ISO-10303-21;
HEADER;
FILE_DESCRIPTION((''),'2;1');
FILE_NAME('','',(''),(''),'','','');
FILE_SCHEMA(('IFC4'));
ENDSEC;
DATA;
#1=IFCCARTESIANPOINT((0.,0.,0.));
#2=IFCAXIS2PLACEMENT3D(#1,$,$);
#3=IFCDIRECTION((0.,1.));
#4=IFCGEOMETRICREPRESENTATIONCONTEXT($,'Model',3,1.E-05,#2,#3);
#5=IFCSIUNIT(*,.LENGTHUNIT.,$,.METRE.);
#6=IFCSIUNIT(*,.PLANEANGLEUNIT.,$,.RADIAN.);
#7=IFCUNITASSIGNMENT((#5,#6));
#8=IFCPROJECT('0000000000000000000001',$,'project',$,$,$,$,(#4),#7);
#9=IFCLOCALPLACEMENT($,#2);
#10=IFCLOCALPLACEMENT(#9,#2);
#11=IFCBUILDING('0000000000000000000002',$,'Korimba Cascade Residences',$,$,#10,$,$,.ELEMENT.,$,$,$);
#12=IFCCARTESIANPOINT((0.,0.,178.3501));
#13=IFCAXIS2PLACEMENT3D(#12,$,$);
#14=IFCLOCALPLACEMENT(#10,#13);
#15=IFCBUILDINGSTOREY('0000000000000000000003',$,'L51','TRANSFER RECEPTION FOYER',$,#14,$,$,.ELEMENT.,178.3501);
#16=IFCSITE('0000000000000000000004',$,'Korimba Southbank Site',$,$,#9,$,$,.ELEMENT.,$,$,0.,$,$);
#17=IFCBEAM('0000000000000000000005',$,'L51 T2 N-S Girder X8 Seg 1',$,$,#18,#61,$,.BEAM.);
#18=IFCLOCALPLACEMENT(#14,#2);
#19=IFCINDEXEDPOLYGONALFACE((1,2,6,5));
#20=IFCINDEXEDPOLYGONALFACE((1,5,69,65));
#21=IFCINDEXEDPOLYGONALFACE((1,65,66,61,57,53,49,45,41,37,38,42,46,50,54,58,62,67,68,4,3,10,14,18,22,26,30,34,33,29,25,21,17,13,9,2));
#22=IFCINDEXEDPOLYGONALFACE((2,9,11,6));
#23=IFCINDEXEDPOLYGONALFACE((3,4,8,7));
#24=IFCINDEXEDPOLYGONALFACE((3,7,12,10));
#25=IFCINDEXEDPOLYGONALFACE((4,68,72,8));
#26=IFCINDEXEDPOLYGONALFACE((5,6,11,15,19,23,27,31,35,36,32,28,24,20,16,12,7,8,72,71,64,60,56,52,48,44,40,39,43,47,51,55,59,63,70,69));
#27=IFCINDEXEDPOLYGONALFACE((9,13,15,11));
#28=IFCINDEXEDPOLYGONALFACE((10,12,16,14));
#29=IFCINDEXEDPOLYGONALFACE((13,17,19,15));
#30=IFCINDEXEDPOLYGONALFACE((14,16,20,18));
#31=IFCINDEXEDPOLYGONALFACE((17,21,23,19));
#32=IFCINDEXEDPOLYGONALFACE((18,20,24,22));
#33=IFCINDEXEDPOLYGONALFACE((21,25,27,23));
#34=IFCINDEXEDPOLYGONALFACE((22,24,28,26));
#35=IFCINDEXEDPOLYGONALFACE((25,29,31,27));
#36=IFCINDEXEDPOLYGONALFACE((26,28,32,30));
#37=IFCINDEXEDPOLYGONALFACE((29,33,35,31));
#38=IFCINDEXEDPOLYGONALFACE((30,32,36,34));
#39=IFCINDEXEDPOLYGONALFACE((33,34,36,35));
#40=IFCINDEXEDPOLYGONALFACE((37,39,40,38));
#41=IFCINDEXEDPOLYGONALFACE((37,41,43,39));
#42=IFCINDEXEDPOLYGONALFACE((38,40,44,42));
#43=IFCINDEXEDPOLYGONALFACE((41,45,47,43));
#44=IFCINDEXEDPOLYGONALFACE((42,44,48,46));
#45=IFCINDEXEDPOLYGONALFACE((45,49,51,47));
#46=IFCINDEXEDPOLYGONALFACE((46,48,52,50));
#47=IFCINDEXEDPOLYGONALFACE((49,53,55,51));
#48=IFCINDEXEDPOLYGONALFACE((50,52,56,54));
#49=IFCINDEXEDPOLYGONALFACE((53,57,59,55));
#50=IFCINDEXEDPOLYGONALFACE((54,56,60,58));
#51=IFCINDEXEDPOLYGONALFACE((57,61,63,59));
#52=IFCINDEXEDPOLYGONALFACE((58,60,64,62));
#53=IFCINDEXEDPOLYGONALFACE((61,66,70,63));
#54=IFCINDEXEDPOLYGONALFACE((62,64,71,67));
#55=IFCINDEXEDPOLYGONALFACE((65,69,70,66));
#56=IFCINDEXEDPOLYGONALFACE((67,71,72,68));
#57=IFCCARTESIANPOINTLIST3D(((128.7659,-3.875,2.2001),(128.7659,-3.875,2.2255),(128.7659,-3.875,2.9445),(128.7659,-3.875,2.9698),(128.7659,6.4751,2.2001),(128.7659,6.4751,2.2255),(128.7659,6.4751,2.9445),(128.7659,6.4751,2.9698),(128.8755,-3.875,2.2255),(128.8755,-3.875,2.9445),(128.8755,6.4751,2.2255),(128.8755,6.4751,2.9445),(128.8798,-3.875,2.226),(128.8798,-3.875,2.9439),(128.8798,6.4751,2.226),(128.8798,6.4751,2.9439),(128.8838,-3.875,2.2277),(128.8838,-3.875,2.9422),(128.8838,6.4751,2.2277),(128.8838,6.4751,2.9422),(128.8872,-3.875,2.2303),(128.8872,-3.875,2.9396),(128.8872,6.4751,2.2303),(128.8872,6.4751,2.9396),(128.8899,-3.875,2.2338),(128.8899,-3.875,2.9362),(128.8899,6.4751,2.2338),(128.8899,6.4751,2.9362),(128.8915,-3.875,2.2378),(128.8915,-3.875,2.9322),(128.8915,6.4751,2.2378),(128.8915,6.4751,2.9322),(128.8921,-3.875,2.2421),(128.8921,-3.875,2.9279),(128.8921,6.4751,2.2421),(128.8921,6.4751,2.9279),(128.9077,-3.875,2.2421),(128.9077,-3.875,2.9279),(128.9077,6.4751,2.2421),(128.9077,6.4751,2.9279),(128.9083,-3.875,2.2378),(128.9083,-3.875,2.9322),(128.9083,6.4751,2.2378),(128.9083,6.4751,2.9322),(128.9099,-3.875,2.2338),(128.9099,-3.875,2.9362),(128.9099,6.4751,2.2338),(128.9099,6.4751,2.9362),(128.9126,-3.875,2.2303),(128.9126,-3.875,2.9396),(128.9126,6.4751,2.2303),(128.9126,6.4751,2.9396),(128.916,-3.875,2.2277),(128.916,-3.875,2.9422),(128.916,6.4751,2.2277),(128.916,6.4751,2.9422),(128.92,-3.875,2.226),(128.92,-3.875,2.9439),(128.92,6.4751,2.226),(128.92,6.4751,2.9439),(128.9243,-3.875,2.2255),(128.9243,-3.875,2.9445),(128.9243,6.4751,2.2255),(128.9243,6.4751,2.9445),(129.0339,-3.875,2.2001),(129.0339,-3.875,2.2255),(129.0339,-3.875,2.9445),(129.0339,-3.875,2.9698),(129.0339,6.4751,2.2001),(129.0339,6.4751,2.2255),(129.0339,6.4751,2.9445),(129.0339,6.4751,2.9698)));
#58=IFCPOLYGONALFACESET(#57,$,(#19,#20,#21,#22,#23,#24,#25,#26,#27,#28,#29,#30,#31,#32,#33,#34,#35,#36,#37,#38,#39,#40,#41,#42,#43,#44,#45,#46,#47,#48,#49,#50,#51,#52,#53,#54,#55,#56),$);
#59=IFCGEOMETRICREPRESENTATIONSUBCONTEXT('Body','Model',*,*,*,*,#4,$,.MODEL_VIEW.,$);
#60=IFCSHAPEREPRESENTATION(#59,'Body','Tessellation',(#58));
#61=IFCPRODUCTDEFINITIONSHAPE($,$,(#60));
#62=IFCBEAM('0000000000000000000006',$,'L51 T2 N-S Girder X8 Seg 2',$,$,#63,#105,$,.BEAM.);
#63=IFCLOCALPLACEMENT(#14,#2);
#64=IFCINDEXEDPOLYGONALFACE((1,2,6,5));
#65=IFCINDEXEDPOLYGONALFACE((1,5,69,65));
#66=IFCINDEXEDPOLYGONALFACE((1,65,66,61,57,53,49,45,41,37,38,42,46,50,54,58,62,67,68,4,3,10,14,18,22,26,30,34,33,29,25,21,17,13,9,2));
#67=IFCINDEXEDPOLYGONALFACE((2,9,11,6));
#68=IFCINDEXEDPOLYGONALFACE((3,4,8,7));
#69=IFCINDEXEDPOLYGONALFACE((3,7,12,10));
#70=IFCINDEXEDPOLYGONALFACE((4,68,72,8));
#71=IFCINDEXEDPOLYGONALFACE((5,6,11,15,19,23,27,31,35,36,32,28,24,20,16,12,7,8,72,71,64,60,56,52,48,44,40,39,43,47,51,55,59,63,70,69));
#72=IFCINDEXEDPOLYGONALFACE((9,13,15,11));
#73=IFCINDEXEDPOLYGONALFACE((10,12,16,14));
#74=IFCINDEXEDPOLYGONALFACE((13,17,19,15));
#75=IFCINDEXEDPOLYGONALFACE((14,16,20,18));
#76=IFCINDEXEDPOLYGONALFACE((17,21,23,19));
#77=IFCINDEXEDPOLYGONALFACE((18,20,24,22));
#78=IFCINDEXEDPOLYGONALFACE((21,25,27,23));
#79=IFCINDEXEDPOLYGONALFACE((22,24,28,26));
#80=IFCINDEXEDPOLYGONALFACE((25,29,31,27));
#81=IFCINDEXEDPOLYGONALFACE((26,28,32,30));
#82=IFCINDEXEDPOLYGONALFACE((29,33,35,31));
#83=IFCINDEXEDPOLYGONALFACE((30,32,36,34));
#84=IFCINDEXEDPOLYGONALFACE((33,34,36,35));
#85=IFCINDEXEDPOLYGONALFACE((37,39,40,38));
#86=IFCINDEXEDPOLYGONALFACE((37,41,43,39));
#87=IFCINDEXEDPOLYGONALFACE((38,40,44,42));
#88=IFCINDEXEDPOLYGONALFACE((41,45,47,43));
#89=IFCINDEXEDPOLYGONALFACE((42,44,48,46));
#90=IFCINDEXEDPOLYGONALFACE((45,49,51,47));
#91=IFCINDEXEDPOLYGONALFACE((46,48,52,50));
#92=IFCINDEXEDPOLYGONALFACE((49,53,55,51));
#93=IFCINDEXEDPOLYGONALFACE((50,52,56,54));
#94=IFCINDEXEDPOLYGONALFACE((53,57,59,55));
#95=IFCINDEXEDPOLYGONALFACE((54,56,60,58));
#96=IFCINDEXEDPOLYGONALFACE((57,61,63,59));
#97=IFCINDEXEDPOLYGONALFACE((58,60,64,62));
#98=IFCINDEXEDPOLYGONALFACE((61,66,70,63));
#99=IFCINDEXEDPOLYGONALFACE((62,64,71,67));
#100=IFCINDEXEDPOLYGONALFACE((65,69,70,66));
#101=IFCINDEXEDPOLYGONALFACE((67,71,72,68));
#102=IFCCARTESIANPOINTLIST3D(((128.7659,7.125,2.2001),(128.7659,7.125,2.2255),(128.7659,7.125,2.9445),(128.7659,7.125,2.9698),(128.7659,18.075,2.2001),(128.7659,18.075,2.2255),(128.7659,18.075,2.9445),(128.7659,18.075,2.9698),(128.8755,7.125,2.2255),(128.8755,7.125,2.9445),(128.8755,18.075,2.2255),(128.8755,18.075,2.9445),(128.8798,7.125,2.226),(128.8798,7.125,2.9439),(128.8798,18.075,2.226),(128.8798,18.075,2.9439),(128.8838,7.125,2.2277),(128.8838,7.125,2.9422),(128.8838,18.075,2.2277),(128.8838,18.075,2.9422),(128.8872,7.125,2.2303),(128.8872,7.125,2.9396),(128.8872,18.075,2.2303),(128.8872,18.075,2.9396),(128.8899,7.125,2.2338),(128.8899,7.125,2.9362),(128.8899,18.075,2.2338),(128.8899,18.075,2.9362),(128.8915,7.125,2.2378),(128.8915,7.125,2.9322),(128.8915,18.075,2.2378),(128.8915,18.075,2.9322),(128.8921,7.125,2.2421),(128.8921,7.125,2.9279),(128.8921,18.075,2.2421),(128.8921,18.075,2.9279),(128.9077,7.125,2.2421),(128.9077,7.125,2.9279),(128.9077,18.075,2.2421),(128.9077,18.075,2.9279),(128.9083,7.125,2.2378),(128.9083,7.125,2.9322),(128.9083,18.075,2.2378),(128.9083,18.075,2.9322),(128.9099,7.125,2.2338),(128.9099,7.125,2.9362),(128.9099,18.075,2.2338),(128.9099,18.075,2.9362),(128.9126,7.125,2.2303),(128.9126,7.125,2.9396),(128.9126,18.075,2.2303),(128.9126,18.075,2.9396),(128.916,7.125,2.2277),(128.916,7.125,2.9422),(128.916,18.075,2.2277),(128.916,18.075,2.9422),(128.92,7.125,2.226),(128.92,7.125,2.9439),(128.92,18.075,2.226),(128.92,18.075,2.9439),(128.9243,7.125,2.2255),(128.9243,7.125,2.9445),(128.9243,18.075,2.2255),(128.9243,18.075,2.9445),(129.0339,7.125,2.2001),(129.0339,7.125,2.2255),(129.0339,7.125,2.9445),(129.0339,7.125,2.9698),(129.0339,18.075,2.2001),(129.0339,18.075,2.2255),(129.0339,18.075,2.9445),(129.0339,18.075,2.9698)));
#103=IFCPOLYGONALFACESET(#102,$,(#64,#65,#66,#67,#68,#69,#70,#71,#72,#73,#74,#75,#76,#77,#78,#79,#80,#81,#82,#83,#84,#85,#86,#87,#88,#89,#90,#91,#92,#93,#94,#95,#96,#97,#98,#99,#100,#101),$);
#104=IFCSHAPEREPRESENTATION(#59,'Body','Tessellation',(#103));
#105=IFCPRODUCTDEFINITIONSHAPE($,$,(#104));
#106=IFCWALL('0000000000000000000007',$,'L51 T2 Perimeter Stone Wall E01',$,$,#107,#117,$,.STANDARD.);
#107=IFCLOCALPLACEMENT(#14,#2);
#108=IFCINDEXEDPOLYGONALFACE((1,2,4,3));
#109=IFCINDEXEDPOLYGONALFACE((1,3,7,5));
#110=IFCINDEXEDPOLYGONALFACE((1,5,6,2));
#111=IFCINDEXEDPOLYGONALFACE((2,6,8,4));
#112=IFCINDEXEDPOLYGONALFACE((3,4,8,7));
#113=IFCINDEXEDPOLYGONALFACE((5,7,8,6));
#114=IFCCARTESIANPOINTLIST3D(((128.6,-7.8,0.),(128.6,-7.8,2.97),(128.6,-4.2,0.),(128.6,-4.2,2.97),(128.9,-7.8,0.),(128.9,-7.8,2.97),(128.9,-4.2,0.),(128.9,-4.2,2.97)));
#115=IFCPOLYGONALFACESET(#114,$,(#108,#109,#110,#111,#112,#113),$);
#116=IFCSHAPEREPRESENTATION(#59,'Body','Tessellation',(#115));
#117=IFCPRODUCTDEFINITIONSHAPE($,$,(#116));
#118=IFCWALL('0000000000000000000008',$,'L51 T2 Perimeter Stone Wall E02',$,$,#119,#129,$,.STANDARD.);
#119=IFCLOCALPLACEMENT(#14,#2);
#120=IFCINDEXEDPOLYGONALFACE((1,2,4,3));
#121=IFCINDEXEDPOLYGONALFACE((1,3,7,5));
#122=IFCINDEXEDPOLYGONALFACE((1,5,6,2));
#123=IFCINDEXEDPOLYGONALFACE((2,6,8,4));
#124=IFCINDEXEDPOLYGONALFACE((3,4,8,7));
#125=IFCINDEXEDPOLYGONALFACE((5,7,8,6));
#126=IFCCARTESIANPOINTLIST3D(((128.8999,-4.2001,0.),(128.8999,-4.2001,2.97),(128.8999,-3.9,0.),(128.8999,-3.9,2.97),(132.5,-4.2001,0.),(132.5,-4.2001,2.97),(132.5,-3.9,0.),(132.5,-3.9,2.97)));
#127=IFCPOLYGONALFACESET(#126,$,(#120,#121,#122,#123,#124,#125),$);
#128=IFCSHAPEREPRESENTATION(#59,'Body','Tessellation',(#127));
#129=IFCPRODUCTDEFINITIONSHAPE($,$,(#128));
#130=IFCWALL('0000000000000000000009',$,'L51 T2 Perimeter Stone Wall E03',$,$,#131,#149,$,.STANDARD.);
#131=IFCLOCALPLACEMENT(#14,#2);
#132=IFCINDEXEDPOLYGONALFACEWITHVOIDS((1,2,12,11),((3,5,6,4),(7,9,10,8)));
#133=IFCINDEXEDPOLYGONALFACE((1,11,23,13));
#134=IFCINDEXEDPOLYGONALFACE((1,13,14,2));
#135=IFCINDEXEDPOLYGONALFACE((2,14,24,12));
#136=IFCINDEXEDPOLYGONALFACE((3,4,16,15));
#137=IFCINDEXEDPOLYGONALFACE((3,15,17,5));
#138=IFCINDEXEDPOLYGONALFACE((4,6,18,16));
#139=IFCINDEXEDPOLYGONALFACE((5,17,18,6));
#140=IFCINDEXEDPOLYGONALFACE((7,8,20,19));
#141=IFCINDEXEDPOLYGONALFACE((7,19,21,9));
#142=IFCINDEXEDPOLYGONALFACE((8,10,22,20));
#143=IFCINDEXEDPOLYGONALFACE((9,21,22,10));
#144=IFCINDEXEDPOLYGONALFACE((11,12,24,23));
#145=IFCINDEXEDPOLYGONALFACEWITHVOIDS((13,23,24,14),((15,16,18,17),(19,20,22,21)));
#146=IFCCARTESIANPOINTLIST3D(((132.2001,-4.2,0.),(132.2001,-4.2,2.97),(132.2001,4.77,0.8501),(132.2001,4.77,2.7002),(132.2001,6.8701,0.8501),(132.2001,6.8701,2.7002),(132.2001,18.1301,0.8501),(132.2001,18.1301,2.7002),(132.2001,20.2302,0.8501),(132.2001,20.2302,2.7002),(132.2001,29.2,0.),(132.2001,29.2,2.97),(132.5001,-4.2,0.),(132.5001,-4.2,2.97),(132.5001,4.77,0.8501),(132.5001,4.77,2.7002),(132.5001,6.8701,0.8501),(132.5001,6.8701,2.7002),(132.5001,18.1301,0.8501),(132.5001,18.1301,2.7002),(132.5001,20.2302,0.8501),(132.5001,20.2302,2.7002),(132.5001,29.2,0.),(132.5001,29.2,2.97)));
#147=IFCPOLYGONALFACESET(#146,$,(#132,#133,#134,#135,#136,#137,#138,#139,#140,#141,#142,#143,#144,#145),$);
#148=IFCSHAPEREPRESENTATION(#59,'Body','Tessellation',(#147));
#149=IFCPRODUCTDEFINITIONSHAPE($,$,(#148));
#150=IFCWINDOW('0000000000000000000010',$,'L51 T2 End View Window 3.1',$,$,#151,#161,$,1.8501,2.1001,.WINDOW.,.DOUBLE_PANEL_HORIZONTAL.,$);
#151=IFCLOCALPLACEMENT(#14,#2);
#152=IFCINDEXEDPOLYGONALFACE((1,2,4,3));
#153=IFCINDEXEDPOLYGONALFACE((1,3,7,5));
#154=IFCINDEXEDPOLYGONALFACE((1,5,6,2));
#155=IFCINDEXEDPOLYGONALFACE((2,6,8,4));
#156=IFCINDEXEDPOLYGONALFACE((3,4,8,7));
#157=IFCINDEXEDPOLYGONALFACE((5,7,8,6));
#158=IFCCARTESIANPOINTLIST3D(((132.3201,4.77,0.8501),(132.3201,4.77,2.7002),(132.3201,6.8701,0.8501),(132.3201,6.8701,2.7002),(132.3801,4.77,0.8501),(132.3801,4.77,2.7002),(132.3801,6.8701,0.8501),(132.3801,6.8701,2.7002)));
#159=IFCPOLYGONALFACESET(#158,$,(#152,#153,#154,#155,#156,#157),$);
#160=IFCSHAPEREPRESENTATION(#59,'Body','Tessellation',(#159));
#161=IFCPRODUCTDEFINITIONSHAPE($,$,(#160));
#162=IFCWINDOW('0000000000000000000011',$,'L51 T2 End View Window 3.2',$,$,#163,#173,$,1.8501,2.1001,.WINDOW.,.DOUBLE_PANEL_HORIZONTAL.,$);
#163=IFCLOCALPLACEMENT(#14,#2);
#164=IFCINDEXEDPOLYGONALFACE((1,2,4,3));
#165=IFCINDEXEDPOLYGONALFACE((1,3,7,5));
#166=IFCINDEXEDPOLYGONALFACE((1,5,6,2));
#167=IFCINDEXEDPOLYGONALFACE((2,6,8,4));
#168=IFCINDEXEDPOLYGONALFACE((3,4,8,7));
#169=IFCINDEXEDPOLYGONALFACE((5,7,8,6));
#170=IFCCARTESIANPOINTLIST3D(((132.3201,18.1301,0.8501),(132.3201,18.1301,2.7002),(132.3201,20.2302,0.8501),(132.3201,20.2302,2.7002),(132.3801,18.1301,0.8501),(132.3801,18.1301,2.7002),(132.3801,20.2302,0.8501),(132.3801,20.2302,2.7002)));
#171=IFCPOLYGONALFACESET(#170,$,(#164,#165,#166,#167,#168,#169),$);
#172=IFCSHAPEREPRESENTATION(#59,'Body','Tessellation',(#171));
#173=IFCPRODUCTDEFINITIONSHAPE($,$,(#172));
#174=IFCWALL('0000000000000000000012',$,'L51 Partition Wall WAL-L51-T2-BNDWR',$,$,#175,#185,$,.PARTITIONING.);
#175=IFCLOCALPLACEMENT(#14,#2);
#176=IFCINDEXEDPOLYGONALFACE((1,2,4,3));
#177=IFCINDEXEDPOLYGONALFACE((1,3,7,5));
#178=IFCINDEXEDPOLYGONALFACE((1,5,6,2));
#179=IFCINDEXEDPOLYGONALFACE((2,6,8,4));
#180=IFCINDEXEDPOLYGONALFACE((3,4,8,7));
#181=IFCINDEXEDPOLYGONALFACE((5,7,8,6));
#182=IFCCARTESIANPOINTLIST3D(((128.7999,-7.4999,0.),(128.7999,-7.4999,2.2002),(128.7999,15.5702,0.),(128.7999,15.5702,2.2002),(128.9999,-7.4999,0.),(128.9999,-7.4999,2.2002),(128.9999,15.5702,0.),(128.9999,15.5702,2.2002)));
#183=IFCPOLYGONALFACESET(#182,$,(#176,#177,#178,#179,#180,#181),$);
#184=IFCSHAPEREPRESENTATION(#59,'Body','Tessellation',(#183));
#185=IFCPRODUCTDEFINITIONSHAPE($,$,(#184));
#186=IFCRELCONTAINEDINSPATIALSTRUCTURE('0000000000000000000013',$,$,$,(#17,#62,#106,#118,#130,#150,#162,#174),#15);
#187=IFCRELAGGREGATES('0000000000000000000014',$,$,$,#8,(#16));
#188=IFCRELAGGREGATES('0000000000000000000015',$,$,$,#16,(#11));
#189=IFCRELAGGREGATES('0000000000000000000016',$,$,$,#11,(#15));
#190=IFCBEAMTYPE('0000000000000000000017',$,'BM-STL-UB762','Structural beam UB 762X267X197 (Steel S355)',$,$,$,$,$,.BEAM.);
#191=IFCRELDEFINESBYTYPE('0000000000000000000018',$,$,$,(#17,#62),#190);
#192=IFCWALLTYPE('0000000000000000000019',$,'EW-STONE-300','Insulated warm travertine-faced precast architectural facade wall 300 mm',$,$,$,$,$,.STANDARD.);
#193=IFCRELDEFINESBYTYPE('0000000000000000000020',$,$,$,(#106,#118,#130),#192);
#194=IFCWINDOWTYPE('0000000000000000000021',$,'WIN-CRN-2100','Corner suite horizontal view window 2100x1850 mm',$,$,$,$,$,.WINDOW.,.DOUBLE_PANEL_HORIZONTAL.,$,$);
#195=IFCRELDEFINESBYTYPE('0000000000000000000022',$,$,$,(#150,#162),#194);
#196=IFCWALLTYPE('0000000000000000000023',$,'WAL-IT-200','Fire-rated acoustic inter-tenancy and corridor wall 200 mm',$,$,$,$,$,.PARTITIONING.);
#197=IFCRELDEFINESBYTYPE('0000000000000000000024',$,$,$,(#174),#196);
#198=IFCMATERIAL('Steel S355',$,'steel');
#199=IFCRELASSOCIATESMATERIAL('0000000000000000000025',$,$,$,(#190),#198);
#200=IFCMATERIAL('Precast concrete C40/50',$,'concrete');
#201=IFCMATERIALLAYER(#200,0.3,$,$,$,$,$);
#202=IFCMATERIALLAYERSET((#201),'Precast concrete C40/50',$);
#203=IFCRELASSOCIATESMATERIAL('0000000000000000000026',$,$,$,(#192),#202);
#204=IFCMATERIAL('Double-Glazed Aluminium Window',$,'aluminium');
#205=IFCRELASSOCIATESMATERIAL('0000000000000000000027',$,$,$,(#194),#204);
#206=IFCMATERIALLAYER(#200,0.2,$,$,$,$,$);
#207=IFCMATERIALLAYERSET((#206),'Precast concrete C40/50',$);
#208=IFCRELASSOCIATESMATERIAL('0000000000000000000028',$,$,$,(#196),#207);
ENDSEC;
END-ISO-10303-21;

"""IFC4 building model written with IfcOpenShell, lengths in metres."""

from ifc_helpers import new_model, si_unit, direction, frame, frame_2d, origin, origin_2d, place, context, subcontext, project, spatial, rectangle, i_section, extrude, material, layer, layer_set, material_profile, profile_set, type_object, element, fill, save


model = new_model("IFC4")

# Units and contexts
model_context = context("Model", 3, precision=1e-05, world=origin(), true_north=direction((0.0, 1.0)))
body_context = subcontext(model_context, "Body", "Model", "MODEL_VIEW")
ifc_project = project(units=[si_unit("LENGTHUNIT", "METRE"), si_unit("PLANEANGLEUNIT", "RADIAN")], contexts=[model_context])

# Site, building, storey
site_placement = place(None, origin())
site = spatial("IfcSite", under=ifc_project, at=site_placement, Name="Korimba Southbank Site", CompositionType="ELEMENT", RefElevation=0.0)
building_placement = place(site_placement, origin())
building = spatial("IfcBuilding", under=site, at=building_placement, Name="Korimba Cascade Residences", CompositionType="ELEMENT")
storey_placement = place(building_placement, frame((0.0, 0.0, 178.3501)))
storey = spatial("IfcBuildingStorey", under=building, at=storey_placement, Name="L51", Description="TRANSFER RECEPTION FOYER", CompositionType="ELEMENT", Elevation=178.3501)

# Beams
ifc_material_1 = material(Name="Steel S355", Category="steel")
ifc_material_profile_1 = material_profile(ifc_material_1, i_section(OverallWidth=0.2681, OverallDepth=0.7698, WebThickness=0.0156, FlangeThickness=0.0254, FilletRadius=0.0166, at=origin_2d()), Name="Steel S355")
ifc_profile_set_1 = profile_set([ifc_material_profile_1], Name="Steel S355")
beam_type_1 = type_object("IfcBeamType", Name="BM-STL-UB762", Description="Structural beam UB 762X267X197 (Steel S355)", PredefinedType="BEAM", material=ifc_profile_set_1)
beam_1_placement = place(storey_placement, frame((128.8999, -3.875, 2.585), z_axis=(0.0, 1.0, 0.0), x_axis=(-1.0, 0.0, 0.0)))
element("IfcBeam", 1, at=beam_1_placement, inside=storey, type_object=beam_type_1, Name="L51 T2 N-S Girder X8 Seg 1", PredefinedType="BEAM", context=body_context, shape_type="SweptSolid", body=[
    extrude(i_section(OverallWidth=0.2681, OverallDepth=0.7698, WebThickness=0.0156, FlangeThickness=0.0254, FilletRadius=0.0166, at=origin_2d()), origin(), (0.0, 0.0, 1.0), 10.3501),
])
beam_2_placement = place(storey_placement, frame((128.8999, 7.125, 2.585), z_axis=(0.0, 1.0, 0.0), x_axis=(-1.0, 0.0, 0.0)))
element("IfcBeam", 2, at=beam_2_placement, inside=storey, type_object=beam_type_1, Name="L51 T2 N-S Girder X8 Seg 2", PredefinedType="BEAM", context=body_context, shape_type="SweptSolid", body=[
    extrude(i_section(OverallWidth=0.2681, OverallDepth=0.7698, WebThickness=0.0156, FlangeThickness=0.0254, FilletRadius=0.0166, at=origin_2d()), origin(), (0.0, 0.0, 1.0), 10.95),
])

# Walls
ifc_material_2 = material(Name="Precast concrete C40/50", Category="concrete")
ifc_layer_1 = layer(ifc_material_2, 0.3)
ifc_layer_set_1 = layer_set([ifc_layer_1], Name="Precast concrete C40/50")
wall_type_1 = type_object("IfcWallType", Name="EW-STONE-300", Description="Insulated warm travertine-faced precast architectural facade wall 300 mm", PredefinedType="STANDARD", material=ifc_layer_set_1)
for number, where, z_axis, x_axis, name in (
    (3, (128.75, -7.8, 0.0), (0.0, 0.0, 1.0), (0.0, 1.0, 0.0), "L51 T2 Perimeter Stone Wall E01"),
    (4, (128.8999, -4.05, 0.0), (0.0, 0.0, 1.0), (1.0, 0.0, 0.0), "L51 T2 Perimeter Stone Wall E02"),
):
    element("IfcWall", number, at=place(storey_placement, frame(where, z_axis=z_axis, x_axis=x_axis)), inside=storey, type_object=wall_type_1, Name=name, PredefinedType="STANDARD", context=body_context, shape_type="SweptSolid", body=[
        extrude(rectangle(XDim=3.6001, YDim=0.3, at=frame_2d((1.8, 0.0))), origin(), (0.0, 0.0, 1.0), 2.97),
    ])

# Wall, openings, windows
wall_1_placement = place(storey_placement, frame((132.3501, -4.2, 0.0), z_axis=(0.0, 0.0, 1.0), x_axis=(0.0, 1.0, 0.0)))
wall_1 = element("IfcWall", 5, at=wall_1_placement, inside=storey, type_object=wall_type_1, Name="L51 T2 Perimeter Stone Wall E03", PredefinedType="STANDARD", context=body_context, shape_type="SweptSolid", body=[
    extrude(rectangle(XDim=33.3999, YDim=0.3, at=frame_2d((16.7, 0.0))), origin(), (0.0, 0.0, 1.0), 2.97),
])
opening_1_placement = place(wall_1_placement, frame((8.97, 0.0, 0.8501)))
opening_1 = element("IfcOpeningElement", 6, at=opening_1_placement, cuts=wall_1, PredefinedType="OPENING", context=body_context, shape_type="SweptSolid", body=[
    extrude(rectangle(XDim=2.1001, YDim=1.8501, at=frame_2d((1.05, 0.925))), frame((0.0, 0.1602, 0.0), z_axis=(0.0, -1.0, 0.0), x_axis=(1.0, 0.0, 0.0)), (0.0, 0.0, 1.0), 0.3201),
])
opening_2_placement = place(wall_1_placement, frame((22.3301, 0.0, 0.8501)))
opening_2 = element("IfcOpeningElement", 7, at=opening_2_placement, cuts=wall_1, PredefinedType="OPENING", context=body_context, shape_type="SweptSolid", body=[
    extrude(rectangle(XDim=2.1001, YDim=1.8501, at=frame_2d((1.05, 0.925))), frame((0.0, 0.1602, 0.0), z_axis=(0.0, -1.0, 0.0), x_axis=(1.0, 0.0, 0.0)), (0.0, 0.0, 1.0), 0.3201),
])
ifc_material_3 = material(Name="Double-Glazed Aluminium Window", Category="aluminium")
window_type = type_object("IfcWindowType", Name="WIN-CRN-2100", Description="Corner suite horizontal view window 2100x1850 mm", PartitioningType="DOUBLE_PANEL_HORIZONTAL", PredefinedType="WINDOW", material=ifc_material_3)
window_1_placement = place(opening_1_placement, origin())
window_1 = element("IfcWindow", 8, at=window_1_placement, inside=storey, type_object=window_type, Name="L51 T2 End View Window 3.1", OverallHeight=1.8501, OverallWidth=2.1001, PartitioningType="DOUBLE_PANEL_HORIZONTAL", PredefinedType="WINDOW", context=body_context, shape_type="SweptSolid", body=[
    extrude(rectangle(XDim=2.1001, YDim=1.8501, at=frame_2d((1.05, 0.925))), frame((0.0, 0.03, 0.0), z_axis=(0.0, -1.0, 0.0), x_axis=(1.0, 0.0, 0.0)), (0.0, 0.0, 1.0), 0.0601),
])
fill(opening_1, window_1)
window_2_placement = place(opening_2_placement, origin())
window_2 = element("IfcWindow", 9, at=window_2_placement, inside=storey, type_object=window_type, Name="L51 T2 End View Window 3.2", OverallHeight=1.8501, OverallWidth=2.1001, PartitioningType="DOUBLE_PANEL_HORIZONTAL", PredefinedType="WINDOW", context=body_context, shape_type="SweptSolid", body=[
    extrude(rectangle(XDim=2.1001, YDim=1.8501, at=frame_2d((1.05, 0.925))), frame((0.0, 0.03, 0.0), z_axis=(0.0, -1.0, 0.0), x_axis=(1.0, 0.0, 0.0)), (0.0, 0.0, 1.0), 0.0601),
])
fill(opening_2, window_2)

# Wall
ifc_layer_2 = layer(ifc_material_2, 0.2)
ifc_layer_set_2 = layer_set([ifc_layer_2], Name="Precast concrete C40/50")
wall_type_2 = type_object("IfcWallType", Name="WAL-IT-200", Description="Fire-rated acoustic inter-tenancy and corridor wall 200 mm", PredefinedType="PARTITIONING", material=ifc_layer_set_2)
wall_2_placement = place(storey_placement, frame((128.8999, -7.5, 0.0), z_axis=(0.0, 0.0, 1.0), x_axis=(0.0, 1.0, 0.0)))
element("IfcWall", 10, at=wall_2_placement, inside=storey, type_object=wall_type_2, Name="L51 Partition Wall WAL-L51-T2-BNDWR", PredefinedType="PARTITIONING", context=body_context, shape_type="SweptSolid", body=[
    extrude(rectangle(XDim=23.0701, YDim=0.2, at=frame_2d((11.5352, 0.0))), origin(), (0.0, 0.0, 1.0), 2.2002),
])

save(model, "model.ifc")
